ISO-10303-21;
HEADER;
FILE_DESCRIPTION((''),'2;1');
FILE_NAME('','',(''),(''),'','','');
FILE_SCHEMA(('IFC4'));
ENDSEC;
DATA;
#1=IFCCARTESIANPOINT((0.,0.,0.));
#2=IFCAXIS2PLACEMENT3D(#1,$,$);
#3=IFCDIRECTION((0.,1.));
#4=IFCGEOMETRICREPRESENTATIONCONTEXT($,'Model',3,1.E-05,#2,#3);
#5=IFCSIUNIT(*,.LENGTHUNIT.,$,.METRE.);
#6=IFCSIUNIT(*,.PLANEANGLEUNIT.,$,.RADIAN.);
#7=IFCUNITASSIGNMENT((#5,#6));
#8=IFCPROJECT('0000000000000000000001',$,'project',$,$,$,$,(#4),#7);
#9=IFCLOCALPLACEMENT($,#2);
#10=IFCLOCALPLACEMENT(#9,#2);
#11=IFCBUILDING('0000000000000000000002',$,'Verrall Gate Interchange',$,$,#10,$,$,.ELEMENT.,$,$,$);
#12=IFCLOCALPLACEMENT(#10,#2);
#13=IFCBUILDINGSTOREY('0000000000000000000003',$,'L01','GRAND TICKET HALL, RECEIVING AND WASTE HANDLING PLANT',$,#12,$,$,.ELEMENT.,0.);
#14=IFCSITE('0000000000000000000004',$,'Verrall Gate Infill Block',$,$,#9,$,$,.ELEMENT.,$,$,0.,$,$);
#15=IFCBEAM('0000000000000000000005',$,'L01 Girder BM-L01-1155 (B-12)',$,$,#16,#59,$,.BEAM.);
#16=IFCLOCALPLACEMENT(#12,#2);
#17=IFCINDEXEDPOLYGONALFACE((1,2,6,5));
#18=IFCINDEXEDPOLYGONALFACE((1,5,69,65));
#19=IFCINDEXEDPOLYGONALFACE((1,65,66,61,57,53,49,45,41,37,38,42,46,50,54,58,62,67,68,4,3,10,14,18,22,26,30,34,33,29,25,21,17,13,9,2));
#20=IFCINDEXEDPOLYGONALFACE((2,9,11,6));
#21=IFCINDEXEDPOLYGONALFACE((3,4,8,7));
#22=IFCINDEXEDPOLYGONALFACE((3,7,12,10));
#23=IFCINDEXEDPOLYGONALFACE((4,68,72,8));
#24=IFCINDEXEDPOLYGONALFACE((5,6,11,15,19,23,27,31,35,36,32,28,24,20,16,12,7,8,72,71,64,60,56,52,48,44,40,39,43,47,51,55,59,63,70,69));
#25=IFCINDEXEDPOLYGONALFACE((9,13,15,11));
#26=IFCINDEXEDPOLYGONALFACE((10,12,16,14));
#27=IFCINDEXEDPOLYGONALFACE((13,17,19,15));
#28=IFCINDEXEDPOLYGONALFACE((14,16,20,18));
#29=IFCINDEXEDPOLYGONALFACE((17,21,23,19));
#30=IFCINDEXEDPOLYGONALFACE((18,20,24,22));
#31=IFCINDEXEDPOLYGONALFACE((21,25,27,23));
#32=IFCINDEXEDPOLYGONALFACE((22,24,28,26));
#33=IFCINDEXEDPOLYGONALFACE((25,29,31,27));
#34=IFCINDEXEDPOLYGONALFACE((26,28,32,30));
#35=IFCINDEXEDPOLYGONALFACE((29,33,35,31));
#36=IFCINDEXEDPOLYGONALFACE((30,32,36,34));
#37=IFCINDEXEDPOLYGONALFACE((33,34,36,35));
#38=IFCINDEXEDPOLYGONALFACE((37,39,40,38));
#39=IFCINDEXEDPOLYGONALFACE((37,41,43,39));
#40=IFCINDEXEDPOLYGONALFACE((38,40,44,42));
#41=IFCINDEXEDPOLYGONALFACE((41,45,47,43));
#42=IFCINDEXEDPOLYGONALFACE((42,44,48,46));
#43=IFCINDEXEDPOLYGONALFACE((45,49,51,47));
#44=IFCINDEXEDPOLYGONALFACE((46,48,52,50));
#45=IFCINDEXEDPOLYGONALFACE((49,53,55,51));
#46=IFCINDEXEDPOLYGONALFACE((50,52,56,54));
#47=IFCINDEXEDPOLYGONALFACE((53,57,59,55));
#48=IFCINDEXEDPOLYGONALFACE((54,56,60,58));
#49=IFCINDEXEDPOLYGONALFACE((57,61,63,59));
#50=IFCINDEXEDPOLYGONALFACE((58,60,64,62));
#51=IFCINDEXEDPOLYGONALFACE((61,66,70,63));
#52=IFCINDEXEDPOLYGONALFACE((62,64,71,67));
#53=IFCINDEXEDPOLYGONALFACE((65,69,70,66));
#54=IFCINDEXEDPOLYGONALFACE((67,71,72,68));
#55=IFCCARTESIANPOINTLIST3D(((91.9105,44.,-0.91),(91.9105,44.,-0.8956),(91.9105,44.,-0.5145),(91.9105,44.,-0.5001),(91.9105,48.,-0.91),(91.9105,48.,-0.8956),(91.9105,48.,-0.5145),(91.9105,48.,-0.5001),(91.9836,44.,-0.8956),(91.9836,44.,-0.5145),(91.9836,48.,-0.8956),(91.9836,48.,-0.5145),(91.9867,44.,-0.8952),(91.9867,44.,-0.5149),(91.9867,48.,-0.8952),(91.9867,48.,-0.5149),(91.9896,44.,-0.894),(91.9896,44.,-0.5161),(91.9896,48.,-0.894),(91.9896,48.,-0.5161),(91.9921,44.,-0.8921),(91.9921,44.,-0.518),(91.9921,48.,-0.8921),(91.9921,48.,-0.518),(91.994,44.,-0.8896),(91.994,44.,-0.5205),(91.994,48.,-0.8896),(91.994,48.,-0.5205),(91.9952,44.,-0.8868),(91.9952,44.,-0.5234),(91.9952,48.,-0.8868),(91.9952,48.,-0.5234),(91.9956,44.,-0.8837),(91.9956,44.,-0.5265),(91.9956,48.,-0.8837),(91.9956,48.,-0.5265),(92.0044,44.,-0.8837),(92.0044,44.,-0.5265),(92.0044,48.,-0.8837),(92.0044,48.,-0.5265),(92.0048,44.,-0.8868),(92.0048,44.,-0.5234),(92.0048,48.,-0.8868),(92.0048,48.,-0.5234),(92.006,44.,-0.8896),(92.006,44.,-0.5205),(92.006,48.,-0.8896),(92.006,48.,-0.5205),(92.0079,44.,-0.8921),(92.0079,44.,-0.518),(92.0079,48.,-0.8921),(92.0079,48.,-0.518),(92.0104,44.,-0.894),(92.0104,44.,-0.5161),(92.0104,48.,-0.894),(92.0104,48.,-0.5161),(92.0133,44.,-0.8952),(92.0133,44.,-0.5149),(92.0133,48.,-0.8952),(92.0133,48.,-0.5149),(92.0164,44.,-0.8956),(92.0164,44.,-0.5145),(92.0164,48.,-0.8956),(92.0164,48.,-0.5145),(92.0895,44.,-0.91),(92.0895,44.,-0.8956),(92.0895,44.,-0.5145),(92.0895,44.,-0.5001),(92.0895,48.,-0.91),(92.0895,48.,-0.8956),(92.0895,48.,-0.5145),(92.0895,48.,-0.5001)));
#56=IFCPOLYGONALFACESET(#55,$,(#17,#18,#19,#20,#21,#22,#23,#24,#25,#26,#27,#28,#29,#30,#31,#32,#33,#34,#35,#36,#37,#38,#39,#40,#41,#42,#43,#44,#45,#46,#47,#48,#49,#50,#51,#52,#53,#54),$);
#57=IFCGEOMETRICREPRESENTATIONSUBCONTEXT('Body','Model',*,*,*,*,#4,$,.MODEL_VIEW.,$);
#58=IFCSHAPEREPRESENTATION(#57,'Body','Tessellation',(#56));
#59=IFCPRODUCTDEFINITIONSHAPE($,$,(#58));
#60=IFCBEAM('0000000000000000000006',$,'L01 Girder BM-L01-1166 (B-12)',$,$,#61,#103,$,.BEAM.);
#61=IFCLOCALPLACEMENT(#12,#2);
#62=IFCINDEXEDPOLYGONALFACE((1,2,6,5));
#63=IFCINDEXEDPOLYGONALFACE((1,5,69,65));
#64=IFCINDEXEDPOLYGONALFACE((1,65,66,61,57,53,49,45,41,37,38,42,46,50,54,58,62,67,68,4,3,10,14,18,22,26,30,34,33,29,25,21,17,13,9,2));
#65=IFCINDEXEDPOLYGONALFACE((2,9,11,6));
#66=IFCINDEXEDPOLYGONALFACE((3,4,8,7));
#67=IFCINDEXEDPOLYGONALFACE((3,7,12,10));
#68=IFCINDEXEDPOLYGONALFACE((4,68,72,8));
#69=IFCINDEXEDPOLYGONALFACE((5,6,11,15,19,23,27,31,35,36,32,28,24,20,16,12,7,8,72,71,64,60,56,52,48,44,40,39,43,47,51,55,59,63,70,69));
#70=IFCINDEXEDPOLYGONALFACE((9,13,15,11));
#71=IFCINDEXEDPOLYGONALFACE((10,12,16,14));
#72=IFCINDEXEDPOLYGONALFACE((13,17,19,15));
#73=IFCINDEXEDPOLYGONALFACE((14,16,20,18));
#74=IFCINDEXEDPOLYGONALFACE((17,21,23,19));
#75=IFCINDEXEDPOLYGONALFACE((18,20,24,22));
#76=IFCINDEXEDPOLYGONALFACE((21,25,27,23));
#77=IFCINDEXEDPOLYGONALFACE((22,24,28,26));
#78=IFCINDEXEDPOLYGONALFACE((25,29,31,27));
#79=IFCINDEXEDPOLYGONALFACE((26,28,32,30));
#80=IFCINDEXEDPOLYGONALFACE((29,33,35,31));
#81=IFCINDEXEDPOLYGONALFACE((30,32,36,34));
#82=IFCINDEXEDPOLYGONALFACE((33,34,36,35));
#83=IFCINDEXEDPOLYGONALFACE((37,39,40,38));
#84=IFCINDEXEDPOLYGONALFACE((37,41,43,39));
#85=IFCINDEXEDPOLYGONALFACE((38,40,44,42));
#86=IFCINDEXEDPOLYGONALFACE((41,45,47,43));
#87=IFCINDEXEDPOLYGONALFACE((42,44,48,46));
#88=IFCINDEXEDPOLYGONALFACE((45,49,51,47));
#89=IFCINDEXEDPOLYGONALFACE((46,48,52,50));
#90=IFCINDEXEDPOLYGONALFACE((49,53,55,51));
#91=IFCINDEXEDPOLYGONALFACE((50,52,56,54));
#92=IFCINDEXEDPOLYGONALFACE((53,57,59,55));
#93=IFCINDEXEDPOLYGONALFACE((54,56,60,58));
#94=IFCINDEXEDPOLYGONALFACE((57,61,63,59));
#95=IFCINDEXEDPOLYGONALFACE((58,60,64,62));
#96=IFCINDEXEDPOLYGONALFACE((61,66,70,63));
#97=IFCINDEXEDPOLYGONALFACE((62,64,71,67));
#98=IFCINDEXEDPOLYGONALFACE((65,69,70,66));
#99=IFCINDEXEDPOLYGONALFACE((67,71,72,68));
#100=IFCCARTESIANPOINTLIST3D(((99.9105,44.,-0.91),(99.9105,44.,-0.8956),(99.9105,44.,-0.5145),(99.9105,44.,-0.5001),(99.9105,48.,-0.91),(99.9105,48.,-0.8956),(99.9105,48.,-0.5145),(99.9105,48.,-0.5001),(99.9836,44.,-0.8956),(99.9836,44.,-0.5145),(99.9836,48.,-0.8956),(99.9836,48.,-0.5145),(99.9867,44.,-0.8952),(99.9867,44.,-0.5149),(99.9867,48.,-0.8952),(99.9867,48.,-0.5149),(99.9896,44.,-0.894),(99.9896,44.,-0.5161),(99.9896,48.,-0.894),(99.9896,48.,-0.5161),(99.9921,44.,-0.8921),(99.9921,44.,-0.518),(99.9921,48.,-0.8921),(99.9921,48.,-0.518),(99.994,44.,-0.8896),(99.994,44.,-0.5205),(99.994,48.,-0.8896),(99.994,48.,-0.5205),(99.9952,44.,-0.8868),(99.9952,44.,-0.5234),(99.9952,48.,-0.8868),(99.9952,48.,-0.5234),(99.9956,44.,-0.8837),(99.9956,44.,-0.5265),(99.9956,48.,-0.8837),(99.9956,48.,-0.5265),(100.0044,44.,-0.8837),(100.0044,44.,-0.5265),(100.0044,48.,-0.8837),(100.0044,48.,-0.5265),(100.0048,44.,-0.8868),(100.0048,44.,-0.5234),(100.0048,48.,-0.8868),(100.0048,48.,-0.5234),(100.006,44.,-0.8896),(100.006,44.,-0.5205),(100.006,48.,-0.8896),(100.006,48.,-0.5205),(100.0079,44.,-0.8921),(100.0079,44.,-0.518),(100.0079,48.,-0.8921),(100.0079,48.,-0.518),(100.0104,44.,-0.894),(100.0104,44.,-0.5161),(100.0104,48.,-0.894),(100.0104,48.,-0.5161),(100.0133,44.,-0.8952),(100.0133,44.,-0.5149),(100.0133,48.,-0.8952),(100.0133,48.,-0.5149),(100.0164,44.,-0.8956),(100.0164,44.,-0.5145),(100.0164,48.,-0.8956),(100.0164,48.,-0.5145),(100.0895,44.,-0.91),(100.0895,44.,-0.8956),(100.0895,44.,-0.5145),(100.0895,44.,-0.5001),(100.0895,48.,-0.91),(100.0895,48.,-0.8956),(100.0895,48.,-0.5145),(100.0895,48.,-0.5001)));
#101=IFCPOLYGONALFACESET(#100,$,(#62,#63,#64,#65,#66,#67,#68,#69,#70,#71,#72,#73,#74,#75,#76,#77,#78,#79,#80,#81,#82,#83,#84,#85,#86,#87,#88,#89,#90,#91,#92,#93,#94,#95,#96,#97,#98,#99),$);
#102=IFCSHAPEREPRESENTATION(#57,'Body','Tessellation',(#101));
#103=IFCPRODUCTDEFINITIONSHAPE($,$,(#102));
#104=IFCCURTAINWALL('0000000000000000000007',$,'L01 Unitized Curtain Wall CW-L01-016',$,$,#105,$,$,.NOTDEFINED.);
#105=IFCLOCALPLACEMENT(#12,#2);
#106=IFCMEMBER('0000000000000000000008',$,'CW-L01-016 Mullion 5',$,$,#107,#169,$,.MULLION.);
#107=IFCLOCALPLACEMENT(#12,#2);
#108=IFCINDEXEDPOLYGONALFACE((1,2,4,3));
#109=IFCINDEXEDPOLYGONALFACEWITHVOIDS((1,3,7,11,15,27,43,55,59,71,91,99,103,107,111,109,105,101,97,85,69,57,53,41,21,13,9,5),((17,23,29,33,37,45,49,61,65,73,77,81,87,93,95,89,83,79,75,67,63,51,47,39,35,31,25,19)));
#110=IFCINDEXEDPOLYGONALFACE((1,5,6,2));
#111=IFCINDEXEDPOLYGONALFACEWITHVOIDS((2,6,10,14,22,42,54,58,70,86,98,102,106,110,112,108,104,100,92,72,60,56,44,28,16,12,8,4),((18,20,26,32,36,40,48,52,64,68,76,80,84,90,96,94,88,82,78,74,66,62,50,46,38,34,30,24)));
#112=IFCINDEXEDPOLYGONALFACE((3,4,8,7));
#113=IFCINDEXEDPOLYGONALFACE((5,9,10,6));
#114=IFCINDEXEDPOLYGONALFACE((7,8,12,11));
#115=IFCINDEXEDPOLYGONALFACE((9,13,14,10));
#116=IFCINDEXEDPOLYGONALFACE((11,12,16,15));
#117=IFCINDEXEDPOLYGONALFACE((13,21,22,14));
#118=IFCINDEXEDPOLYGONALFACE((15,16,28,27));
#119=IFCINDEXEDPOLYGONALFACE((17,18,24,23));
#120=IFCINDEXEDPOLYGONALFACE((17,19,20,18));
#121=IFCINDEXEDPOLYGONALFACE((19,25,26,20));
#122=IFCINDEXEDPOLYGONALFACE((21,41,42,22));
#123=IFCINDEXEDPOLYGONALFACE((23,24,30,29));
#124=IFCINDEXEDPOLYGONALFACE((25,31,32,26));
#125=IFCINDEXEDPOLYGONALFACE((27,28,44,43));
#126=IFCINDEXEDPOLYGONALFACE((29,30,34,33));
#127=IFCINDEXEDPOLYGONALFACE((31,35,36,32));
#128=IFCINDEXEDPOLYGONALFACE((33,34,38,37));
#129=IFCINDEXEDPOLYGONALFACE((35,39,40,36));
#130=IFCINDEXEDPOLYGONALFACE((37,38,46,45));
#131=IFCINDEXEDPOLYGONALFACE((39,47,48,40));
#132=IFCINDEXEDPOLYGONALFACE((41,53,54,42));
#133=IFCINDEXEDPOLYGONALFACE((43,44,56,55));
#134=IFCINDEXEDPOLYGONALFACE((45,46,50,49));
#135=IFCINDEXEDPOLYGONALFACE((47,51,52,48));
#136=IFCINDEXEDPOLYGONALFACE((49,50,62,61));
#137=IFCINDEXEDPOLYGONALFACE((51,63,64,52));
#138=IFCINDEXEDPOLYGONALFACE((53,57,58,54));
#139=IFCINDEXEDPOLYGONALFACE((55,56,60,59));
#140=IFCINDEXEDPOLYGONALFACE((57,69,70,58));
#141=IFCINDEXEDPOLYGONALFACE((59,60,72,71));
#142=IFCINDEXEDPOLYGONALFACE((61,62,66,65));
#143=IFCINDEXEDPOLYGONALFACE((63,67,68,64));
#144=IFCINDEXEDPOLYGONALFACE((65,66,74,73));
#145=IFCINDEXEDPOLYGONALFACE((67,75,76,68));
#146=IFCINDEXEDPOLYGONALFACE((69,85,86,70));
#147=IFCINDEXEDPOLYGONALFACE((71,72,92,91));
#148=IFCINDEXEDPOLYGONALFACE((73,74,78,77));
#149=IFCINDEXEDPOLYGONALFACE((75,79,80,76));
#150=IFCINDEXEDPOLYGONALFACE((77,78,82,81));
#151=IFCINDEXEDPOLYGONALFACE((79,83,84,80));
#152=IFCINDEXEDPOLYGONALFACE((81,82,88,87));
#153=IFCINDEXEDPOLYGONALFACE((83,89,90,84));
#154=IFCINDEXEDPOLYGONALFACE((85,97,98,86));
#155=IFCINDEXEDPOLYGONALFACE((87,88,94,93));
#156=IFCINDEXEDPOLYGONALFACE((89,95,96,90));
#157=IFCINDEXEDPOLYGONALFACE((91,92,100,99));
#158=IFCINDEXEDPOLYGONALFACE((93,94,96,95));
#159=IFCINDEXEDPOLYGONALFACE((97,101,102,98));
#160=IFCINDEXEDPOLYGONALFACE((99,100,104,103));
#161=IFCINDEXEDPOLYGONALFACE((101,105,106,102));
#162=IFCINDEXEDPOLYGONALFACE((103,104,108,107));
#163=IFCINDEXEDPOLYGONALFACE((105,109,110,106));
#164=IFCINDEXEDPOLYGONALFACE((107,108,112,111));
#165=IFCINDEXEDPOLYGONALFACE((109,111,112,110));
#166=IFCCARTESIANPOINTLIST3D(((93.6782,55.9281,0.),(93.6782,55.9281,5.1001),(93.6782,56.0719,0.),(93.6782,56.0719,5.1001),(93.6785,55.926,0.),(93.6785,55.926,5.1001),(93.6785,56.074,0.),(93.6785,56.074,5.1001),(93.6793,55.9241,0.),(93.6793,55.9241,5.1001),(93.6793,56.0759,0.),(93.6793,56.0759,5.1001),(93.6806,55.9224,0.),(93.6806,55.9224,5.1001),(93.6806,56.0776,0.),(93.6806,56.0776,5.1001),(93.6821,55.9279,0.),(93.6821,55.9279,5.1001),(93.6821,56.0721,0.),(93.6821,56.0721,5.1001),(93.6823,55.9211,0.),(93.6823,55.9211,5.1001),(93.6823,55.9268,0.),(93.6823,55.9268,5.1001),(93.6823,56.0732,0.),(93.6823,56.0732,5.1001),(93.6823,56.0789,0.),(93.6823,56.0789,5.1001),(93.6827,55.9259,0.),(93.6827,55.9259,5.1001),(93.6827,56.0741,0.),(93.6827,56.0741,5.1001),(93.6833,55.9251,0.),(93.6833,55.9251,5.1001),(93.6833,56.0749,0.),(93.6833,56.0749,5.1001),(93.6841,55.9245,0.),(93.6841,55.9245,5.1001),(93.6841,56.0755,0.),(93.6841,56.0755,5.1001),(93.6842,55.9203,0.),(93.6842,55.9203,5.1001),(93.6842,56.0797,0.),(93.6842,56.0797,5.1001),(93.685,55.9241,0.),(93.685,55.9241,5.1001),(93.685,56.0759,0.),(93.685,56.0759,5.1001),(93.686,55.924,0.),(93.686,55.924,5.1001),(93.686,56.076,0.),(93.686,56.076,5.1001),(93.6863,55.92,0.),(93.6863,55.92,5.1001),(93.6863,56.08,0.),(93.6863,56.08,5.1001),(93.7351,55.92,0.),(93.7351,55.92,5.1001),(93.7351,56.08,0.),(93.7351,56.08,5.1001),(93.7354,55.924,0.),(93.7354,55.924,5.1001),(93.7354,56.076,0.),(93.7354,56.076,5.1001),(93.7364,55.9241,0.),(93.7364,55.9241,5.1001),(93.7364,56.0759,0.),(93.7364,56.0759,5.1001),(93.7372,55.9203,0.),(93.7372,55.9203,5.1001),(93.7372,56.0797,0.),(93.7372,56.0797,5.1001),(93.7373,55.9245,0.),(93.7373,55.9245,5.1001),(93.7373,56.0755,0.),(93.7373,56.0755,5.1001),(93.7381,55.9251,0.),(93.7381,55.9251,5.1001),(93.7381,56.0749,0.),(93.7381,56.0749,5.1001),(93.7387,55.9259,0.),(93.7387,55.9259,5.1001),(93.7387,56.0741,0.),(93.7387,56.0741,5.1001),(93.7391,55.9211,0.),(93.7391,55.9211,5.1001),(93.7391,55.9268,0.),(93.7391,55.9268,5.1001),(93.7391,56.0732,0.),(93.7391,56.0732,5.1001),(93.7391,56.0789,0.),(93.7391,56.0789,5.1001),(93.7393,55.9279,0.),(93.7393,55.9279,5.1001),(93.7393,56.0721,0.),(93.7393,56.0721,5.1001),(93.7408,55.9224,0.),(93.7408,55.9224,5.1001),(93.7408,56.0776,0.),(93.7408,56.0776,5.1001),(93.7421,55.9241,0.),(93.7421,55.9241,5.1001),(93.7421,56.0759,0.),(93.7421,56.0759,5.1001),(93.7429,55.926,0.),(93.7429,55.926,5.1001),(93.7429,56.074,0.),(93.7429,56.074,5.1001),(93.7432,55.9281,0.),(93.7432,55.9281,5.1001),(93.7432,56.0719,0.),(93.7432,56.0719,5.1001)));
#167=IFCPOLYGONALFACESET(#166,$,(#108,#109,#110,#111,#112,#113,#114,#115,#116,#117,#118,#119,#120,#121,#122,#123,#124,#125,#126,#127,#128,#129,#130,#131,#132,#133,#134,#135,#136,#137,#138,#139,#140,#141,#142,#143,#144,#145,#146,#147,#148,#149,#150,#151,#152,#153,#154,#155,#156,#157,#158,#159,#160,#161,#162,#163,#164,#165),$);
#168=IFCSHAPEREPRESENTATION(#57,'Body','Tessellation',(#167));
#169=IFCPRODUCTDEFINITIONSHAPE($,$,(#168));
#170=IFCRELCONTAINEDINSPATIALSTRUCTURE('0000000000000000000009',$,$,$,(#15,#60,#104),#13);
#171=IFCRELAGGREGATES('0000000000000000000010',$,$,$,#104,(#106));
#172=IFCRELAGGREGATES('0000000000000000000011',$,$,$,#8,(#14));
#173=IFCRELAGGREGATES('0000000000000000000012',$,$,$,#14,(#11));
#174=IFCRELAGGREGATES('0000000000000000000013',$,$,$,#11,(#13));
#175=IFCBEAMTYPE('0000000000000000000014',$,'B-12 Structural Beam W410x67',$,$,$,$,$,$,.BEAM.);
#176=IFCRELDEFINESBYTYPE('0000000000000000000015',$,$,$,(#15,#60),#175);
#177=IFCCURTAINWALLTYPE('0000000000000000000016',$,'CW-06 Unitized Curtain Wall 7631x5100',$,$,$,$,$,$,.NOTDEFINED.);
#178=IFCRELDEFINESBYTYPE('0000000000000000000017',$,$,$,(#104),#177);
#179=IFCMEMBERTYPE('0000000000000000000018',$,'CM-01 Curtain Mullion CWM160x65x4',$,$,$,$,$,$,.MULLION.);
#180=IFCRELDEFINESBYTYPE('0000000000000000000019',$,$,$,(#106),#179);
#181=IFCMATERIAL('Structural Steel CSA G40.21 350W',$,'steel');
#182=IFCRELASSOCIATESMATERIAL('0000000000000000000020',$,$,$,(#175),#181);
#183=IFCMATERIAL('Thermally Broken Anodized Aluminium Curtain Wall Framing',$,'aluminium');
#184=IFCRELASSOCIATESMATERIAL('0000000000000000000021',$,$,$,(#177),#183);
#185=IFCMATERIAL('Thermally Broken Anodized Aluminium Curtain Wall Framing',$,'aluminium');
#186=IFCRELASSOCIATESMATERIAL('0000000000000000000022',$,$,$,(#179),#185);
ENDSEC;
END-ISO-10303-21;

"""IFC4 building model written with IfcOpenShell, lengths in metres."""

from ifc_helpers import new_model, si_unit, direction, frame, origin, origin_2d, place, context, subcontext, project, spatial, hollow_rectangle, i_section, extrude, material, material_profile, profile_set, type_object, element, aggregate, save


model = new_model("IFC4")

# Units and contexts
model_context = context("Model", 3, precision=1e-05, world=origin(), true_north=direction((0.0, 1.0)))
body_context = subcontext(model_context, "Body", "Model", "MODEL_VIEW")
ifc_project = project(units=[si_unit("LENGTHUNIT", "METRE"), si_unit("PLANEANGLEUNIT", "RADIAN")], contexts=[model_context])

# Site, building, storey
site_placement = place(None, origin())
site = spatial("IfcSite", under=ifc_project, at=site_placement, Name="Verrall Gate Infill Block", CompositionType="ELEMENT", RefElevation=0.0)
building_placement = place(site_placement, origin())
building = spatial("IfcBuilding", under=site, at=building_placement, Name="Verrall Gate Interchange", CompositionType="ELEMENT")
storey_placement = place(building_placement, origin())
storey = spatial("IfcBuildingStorey", under=building, at=storey_placement, Name="L01", Description="GRAND TICKET HALL, RECEIVING AND WASTE HANDLING PLANT", CompositionType="ELEMENT", Elevation=0.0)

# Beams
ifc_material_1 = material(Name="Structural Steel CSA G40.21 350W", Category="steel")
ifc_material_profile_1 = material_profile(ifc_material_1, i_section(OverallWidth=0.179, OverallDepth=0.4099, WebThickness=0.0088, FlangeThickness=0.0144, FilletRadius=0.012, at=origin_2d()), Name="W410x67")
ifc_profile_set_1 = profile_set([ifc_material_profile_1], Name="Structural Steel CSA G40.21 350W")
beam_type_1 = type_object("IfcBeamType", Name="B-12 Structural Beam W410x67", PredefinedType="BEAM", material=ifc_profile_set_1)
for number, where, z_axis, x_axis, name in (
    (1, (92.0, 44.0, -0.7051), (0.0, 1.0, 0.0), (-1.0, 0.0, 0.0), "L01 Girder BM-L01-1155 (B-12)"),
    (2, (100.0, 44.0, -0.7051), (0.0, 1.0, 0.0), (-1.0, 0.0, 0.0), "L01 Girder BM-L01-1166 (B-12)"),
):
    element("IfcBeam", number, at=place(storey_placement, frame(where, z_axis=z_axis, x_axis=x_axis)), inside=storey, type_object=beam_type_1, Name=name, PredefinedType="BEAM", context=body_context, shape_type="SweptSolid", body=[
        extrude(i_section(OverallWidth=0.179, OverallDepth=0.4099, WebThickness=0.0088, FlangeThickness=0.0144, FilletRadius=0.012, at=origin_2d()), origin(), (0.0, 0.0, 1.0), 4.0),
    ])

# Curtain wall, member
ifc_material_2 = material(Name="Thermally Broken Anodized Aluminium Curtain Wall Framing", Category="aluminium")
curtain_wall_type = type_object("IfcCurtainWallType", Name="CW-06 Unitized Curtain Wall 7631x5100", PredefinedType="NOTDEFINED", material=ifc_material_2)
curtain_wall_placement = place(storey_placement, origin())
curtain_wall = element("IfcCurtainWall", 3, at=curtain_wall_placement, inside=storey, type_object=curtain_wall_type, Name="L01 Unitized Curtain Wall CW-L01-016", PredefinedType="NOTDEFINED")
ifc_material_3 = material(Name="Thermally Broken Anodized Aluminium Curtain Wall Framing", Category="aluminium")
ifc_material_profile_2 = material_profile(ifc_material_3, hollow_rectangle(XDim=0.0649, YDim=0.1599, WallThickness=0.0039, InnerFilletRadius=0.0039, OuterFilletRadius=0.0081, at=origin_2d()), Name="CWM160x65x4")
ifc_profile_set_2 = profile_set([ifc_material_profile_2], Name="Thermally Broken Anodized Aluminium Curtain Wall Framing")
member_type = type_object("IfcMemberType", Name="CM-01 Curtain Mullion CWM160x65x4", PredefinedType="MULLION", material=ifc_profile_set_2)
member_1_placement = place(storey_placement, frame((93.7107, 56.0, 0.0), z_axis=(0.0, 0.0, 1.0), x_axis=(-1.0, 0.0, 0.0)))
member_1 = element("IfcMember", 4, at=member_1_placement, type_object=member_type, Name="CW-L01-016 Mullion 5", PredefinedType="MULLION", context=body_context, shape_type="SweptSolid", body=[
    extrude(hollow_rectangle(XDim=0.0649, YDim=0.1599, WallThickness=0.0039, InnerFilletRadius=0.0039, OuterFilletRadius=0.0081, at=origin_2d()), origin(), (0.0, 0.0, 1.0), 5.1001),
])

aggregate(curtain_wall, [member_1])

save(model, "model.ifc")
